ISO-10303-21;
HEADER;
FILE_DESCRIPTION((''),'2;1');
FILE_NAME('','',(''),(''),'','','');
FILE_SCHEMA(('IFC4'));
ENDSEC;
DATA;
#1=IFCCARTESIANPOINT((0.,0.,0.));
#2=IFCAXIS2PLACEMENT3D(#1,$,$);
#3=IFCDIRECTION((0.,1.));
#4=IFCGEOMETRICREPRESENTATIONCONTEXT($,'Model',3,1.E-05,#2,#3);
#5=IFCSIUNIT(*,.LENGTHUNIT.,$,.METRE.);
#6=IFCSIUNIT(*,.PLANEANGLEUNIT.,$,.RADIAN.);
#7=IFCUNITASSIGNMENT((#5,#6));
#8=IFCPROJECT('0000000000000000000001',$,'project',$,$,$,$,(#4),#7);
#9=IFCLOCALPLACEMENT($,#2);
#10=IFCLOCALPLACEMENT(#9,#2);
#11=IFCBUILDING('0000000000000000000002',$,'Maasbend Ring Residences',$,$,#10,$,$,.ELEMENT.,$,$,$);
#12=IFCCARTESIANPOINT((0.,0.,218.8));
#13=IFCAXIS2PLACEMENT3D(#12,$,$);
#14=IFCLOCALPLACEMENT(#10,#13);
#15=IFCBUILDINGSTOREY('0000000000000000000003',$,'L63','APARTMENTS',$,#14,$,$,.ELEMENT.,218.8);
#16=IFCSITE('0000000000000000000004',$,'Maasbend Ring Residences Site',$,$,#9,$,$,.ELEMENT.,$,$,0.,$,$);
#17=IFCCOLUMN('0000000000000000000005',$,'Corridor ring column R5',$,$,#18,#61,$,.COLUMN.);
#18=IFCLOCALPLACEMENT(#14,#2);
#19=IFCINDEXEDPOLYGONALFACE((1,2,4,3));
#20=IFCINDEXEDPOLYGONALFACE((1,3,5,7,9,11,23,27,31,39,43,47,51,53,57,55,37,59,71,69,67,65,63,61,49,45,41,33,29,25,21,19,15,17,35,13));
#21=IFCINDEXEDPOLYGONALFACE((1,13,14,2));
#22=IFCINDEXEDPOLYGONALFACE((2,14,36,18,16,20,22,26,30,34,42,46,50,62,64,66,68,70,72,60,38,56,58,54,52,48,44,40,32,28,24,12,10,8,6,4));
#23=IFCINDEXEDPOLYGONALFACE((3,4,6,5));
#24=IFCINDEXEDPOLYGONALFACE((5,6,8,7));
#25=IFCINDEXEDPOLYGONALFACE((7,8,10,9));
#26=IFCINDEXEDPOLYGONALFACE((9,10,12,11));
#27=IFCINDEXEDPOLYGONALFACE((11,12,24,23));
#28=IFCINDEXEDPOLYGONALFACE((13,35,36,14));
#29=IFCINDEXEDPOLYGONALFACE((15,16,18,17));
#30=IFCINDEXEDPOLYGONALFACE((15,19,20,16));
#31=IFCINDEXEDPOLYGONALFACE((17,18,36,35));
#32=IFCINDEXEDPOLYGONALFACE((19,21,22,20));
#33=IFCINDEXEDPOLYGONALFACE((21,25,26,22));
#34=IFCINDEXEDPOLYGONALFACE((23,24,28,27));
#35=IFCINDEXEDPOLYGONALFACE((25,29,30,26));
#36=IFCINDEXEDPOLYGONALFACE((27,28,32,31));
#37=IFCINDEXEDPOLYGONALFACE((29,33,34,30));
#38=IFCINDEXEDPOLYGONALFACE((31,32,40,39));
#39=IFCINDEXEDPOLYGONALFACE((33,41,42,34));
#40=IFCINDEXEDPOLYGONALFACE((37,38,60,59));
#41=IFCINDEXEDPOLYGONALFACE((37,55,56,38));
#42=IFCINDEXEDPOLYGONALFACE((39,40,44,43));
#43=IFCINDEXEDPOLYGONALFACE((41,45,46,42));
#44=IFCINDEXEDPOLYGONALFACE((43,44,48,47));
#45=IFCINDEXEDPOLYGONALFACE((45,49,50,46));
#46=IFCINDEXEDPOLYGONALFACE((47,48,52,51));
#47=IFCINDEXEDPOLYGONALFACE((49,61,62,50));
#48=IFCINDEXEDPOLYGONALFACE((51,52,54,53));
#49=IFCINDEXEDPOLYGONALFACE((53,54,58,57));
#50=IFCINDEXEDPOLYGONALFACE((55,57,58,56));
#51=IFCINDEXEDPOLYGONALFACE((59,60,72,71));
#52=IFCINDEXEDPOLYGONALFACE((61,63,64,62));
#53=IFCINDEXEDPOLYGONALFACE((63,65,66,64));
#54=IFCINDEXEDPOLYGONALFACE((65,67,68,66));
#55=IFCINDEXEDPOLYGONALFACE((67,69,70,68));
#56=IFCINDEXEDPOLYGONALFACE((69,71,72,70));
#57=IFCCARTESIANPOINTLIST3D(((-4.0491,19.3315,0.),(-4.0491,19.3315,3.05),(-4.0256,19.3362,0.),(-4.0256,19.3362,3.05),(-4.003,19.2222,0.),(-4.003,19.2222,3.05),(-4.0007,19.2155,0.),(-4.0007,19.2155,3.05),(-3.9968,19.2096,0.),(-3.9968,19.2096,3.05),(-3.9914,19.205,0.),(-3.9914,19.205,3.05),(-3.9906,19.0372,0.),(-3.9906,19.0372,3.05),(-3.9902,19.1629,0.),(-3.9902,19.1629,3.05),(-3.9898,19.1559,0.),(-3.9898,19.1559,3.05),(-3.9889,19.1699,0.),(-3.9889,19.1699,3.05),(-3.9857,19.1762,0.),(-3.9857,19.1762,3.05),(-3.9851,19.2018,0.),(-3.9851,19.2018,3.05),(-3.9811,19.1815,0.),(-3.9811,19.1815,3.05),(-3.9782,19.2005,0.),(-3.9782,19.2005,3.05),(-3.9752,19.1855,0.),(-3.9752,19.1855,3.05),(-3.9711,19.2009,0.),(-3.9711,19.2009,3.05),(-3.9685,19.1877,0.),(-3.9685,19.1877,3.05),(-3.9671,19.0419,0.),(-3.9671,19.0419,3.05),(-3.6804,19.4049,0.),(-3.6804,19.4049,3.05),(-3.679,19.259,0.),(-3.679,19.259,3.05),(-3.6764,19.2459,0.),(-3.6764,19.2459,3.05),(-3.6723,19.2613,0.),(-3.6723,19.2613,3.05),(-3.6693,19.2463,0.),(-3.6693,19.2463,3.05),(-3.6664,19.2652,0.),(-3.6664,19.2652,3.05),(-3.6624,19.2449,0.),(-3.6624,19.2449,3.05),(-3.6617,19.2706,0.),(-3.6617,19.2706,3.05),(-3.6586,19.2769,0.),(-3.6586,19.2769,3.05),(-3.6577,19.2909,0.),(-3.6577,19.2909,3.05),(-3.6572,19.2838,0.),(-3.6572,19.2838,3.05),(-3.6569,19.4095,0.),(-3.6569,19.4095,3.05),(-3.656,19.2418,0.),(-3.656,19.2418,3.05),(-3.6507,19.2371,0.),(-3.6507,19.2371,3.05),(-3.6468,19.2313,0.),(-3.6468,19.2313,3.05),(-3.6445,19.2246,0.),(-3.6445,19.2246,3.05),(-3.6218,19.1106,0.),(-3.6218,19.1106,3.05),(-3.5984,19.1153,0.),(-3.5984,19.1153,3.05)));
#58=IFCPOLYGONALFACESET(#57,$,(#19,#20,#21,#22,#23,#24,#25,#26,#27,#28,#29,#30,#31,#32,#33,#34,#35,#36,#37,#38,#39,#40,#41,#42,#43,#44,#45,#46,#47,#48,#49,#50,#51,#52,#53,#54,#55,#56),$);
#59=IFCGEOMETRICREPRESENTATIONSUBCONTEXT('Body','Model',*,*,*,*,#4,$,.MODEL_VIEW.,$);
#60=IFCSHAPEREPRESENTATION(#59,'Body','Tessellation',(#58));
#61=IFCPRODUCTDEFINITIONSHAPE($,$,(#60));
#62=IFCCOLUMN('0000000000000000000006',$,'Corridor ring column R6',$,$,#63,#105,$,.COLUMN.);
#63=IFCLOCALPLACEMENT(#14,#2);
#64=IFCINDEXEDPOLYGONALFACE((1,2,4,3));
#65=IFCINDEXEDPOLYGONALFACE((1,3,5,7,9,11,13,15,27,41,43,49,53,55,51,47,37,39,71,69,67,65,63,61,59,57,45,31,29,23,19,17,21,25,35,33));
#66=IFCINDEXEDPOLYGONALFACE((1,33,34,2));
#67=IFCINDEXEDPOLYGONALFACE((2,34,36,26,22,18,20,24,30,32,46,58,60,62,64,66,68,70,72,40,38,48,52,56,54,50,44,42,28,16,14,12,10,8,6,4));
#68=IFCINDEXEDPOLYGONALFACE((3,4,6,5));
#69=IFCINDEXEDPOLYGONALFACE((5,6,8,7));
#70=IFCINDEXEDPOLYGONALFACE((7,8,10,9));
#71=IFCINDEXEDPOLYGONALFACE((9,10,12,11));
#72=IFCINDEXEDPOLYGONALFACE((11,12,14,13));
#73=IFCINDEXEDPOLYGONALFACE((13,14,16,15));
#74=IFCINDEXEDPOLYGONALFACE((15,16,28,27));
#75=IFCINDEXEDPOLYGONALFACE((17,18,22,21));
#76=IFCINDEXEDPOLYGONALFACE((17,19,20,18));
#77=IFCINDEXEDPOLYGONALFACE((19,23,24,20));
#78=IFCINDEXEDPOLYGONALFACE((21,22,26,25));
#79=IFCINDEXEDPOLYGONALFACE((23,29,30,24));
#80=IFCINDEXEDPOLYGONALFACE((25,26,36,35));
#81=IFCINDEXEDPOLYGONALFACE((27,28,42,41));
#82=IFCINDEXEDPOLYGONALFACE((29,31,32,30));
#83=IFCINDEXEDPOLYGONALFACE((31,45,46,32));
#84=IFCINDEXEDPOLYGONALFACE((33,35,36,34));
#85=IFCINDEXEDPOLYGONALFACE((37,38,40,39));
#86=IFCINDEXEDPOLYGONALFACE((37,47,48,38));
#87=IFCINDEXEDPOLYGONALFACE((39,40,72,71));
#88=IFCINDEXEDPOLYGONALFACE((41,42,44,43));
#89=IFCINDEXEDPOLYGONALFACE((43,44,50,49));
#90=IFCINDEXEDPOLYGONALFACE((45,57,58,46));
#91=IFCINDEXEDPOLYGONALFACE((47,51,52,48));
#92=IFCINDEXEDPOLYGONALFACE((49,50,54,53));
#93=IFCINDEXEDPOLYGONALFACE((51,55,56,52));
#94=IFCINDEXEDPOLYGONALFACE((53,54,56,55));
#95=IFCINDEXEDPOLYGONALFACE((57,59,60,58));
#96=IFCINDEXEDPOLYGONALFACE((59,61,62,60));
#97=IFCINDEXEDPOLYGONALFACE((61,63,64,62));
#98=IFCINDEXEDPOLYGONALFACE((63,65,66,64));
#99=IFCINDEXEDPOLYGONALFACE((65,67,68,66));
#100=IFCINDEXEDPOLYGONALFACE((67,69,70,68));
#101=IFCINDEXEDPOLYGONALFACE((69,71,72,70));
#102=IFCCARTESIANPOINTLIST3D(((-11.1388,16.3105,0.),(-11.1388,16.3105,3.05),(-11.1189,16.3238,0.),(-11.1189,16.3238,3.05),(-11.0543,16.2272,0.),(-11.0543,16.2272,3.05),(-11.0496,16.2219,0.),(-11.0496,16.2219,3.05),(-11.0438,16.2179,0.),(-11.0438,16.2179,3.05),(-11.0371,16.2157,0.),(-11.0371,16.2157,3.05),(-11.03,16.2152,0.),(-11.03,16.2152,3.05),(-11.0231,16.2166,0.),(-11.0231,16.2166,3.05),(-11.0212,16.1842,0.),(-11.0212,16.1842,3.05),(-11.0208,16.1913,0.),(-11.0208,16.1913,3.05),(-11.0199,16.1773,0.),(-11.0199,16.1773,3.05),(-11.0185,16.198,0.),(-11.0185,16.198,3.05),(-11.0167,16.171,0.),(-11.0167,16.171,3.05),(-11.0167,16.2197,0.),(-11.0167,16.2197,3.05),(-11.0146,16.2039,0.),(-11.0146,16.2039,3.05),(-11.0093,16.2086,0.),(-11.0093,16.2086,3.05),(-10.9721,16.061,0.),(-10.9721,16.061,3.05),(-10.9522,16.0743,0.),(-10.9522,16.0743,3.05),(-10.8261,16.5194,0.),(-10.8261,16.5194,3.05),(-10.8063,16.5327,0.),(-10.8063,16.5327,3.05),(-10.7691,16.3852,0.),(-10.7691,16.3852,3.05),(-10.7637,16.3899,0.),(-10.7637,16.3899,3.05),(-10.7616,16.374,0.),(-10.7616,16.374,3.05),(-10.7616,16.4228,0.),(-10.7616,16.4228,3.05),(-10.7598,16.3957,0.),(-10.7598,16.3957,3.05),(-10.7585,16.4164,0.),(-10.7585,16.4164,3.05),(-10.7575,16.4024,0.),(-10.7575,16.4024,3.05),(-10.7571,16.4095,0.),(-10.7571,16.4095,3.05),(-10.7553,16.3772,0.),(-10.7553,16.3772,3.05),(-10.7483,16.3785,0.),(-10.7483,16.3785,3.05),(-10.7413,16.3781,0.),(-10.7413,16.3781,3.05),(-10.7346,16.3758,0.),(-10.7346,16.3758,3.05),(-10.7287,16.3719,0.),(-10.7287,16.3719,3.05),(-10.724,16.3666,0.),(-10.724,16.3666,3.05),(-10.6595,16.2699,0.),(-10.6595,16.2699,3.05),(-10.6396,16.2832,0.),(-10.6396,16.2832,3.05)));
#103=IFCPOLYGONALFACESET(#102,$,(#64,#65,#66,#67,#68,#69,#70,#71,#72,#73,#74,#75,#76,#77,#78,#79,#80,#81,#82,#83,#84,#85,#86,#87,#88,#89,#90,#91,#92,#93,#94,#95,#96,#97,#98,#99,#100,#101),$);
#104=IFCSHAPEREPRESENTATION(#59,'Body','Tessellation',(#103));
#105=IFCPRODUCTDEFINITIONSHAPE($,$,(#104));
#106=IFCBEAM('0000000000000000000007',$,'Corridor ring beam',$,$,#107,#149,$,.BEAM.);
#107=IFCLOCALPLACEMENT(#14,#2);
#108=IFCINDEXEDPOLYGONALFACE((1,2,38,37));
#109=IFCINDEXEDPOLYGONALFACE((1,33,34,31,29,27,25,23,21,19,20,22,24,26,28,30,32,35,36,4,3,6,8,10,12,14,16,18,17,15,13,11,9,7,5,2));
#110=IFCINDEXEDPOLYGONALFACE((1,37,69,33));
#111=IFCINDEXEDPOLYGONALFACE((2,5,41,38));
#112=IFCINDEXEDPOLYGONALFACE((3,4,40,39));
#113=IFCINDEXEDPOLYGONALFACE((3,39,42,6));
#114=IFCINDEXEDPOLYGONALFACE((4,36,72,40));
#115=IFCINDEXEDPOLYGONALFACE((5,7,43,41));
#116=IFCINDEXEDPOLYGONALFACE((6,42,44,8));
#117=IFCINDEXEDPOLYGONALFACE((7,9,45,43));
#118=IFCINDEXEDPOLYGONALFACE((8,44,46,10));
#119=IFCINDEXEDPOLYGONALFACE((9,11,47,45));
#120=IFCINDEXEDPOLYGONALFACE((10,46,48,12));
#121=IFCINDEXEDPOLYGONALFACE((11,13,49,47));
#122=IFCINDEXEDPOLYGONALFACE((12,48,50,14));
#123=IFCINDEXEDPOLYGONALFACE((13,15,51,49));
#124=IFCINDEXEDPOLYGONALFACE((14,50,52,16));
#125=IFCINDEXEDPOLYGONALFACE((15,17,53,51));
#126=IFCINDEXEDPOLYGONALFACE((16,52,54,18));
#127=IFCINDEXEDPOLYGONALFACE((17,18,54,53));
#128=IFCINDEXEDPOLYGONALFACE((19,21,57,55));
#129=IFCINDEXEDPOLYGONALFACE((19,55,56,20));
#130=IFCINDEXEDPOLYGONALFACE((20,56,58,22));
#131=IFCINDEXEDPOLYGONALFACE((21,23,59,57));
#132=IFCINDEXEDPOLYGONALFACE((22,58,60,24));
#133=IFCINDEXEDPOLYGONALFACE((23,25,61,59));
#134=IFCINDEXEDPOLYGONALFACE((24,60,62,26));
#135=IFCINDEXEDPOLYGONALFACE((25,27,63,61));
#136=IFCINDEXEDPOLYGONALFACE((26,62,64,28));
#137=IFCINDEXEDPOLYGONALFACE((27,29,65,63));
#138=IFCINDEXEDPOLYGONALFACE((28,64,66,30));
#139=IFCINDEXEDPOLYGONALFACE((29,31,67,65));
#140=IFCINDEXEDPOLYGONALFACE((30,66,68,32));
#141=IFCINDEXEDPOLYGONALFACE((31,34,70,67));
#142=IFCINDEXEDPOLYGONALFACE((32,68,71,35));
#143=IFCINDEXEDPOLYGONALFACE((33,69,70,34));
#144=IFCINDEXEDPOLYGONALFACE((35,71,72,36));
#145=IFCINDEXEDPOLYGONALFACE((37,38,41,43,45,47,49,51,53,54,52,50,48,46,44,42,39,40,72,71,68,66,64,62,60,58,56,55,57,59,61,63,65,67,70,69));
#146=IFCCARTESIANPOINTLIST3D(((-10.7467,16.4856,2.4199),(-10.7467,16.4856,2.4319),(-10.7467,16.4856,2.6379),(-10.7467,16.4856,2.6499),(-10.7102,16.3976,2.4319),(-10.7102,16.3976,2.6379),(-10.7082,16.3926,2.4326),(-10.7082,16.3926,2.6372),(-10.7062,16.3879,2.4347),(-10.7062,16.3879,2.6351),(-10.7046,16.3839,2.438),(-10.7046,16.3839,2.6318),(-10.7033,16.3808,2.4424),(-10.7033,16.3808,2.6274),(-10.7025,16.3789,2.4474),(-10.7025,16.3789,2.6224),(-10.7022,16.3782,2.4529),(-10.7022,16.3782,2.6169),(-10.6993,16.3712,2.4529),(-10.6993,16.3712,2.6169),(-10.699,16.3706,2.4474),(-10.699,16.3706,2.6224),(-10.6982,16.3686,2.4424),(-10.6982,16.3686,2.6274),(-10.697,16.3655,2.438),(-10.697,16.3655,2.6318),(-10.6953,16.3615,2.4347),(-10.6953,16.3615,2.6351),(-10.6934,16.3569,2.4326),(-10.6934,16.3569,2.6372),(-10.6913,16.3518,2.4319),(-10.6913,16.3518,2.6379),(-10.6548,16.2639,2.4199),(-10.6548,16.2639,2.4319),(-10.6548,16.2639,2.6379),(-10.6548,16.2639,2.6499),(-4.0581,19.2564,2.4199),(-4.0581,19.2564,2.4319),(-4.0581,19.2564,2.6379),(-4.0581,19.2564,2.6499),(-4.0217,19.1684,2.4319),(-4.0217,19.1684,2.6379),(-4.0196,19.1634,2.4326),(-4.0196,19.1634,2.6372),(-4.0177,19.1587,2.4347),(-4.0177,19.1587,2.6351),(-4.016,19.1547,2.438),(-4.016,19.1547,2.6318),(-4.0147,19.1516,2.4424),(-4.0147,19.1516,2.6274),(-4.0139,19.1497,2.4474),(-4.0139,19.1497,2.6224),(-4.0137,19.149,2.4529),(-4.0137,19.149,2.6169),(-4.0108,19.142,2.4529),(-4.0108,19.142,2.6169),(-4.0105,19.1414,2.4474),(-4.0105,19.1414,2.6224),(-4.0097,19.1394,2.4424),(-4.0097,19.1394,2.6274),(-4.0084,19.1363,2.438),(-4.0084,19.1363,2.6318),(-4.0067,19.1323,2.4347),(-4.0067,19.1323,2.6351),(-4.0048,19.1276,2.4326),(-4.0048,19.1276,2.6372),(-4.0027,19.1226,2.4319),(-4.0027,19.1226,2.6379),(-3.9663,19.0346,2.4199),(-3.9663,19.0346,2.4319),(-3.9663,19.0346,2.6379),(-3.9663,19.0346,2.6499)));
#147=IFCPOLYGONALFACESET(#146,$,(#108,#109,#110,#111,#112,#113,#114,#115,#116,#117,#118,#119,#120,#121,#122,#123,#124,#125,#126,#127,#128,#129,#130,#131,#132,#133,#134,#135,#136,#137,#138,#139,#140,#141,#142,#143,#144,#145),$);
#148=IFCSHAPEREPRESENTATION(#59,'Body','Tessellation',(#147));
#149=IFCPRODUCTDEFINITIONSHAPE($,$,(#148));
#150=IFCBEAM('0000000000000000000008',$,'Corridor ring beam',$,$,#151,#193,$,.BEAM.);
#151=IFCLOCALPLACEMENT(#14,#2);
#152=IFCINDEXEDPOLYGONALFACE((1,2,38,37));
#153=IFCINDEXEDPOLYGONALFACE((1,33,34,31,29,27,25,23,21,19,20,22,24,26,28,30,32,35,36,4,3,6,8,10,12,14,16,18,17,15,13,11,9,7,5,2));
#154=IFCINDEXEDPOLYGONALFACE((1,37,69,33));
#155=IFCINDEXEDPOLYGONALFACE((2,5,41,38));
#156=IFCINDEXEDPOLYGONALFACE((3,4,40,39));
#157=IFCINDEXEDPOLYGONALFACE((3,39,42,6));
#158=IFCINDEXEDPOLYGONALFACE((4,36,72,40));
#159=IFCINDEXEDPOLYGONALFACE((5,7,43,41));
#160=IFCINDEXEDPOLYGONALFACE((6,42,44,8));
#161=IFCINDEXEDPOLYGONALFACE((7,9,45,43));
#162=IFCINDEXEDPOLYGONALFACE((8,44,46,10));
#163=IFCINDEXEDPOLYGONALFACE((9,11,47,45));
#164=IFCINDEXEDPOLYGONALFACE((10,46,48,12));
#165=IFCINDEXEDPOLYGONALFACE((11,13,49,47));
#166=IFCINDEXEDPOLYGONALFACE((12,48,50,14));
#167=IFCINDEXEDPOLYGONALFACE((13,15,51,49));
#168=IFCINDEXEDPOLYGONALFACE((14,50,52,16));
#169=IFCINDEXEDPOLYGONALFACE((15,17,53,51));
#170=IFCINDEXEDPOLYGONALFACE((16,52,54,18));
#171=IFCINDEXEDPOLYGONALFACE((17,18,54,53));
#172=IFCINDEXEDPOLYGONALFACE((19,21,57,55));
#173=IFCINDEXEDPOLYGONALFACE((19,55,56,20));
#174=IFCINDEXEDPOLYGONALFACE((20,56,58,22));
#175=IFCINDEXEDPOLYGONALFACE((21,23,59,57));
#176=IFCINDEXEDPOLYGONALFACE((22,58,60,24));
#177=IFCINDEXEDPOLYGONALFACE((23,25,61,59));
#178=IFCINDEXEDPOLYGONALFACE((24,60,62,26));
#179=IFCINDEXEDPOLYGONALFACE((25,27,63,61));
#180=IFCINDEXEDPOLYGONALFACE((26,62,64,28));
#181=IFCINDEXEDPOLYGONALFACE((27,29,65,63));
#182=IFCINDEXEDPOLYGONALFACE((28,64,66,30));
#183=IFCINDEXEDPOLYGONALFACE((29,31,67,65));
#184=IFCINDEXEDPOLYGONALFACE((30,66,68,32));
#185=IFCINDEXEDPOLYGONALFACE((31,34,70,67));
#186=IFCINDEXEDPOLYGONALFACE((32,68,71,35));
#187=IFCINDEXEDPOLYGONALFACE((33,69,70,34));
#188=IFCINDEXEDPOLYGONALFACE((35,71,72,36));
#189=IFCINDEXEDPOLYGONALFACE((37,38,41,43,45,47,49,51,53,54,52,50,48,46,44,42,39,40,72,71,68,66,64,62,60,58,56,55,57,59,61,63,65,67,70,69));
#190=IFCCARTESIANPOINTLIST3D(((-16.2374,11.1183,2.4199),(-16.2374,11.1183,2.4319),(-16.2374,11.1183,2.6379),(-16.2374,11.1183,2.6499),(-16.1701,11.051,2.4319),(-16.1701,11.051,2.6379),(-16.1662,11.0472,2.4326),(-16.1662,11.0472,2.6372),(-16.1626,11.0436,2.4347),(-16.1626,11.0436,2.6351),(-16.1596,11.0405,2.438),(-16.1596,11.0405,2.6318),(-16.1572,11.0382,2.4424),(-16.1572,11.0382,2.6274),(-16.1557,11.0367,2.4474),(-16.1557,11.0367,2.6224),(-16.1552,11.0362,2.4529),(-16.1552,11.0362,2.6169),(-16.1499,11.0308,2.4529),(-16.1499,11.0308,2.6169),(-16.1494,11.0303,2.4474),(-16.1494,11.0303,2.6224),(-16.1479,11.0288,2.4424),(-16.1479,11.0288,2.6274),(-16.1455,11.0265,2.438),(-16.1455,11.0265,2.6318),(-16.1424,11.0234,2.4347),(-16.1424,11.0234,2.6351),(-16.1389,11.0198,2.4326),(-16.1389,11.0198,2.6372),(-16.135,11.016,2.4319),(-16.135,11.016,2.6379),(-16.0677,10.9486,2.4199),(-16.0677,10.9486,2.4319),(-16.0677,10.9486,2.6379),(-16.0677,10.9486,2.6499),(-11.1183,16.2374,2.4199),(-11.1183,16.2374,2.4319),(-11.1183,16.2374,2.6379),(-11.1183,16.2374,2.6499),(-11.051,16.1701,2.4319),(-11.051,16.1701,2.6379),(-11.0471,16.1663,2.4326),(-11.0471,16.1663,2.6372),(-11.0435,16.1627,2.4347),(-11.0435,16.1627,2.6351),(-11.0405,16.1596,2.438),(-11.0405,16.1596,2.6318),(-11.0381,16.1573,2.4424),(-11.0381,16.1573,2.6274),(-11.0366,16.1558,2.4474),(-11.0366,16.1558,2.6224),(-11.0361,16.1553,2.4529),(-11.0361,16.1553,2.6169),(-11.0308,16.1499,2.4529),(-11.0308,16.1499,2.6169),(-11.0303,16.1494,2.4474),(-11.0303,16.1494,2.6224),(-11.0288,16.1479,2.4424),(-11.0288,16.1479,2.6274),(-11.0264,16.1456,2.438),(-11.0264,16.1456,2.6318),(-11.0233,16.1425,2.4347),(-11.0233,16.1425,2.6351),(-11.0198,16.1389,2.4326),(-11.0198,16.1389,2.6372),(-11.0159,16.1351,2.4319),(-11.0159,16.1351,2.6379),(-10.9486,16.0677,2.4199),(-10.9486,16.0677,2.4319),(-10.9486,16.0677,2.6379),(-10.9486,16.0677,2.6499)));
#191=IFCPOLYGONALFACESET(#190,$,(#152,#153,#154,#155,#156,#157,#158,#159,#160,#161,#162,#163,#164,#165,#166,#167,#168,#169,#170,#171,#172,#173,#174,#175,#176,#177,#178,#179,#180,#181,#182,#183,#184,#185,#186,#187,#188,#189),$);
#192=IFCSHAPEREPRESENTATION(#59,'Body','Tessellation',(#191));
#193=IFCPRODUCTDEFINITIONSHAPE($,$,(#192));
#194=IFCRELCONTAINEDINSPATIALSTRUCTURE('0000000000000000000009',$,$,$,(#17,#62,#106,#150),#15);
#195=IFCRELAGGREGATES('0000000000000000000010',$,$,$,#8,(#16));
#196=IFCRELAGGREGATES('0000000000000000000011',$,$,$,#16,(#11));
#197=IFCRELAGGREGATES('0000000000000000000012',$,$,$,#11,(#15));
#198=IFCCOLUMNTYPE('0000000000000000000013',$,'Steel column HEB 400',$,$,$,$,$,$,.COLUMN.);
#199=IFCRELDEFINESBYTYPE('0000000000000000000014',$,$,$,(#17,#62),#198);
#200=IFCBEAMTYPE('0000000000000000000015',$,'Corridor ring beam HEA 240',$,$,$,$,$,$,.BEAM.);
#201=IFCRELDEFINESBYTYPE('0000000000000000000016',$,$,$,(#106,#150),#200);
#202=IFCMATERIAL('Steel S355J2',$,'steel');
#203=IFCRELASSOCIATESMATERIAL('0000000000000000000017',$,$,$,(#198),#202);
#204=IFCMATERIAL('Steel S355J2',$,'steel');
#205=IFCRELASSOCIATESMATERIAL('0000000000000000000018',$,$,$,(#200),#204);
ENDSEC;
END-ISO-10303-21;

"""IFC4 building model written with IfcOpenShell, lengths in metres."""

from ifc_helpers import new_model, si_unit, direction, frame, origin, origin_2d, place, context, subcontext, project, spatial, i_section, extrude, material, material_profile, profile_set, type_object, element, save


model = new_model("IFC4")

# Units and contexts
model_context = context("Model", 3, precision=1e-05, world=origin(), true_north=direction((0.0, 1.0)))
body_context = subcontext(model_context, "Body", "Model", "MODEL_VIEW")
ifc_project = project(units=[si_unit("LENGTHUNIT", "METRE"), si_unit("PLANEANGLEUNIT", "RADIAN")], contexts=[model_context])

# Site, building, storey
site_placement = place(None, origin())
site = spatial("IfcSite", under=ifc_project, at=site_placement, Name="Maasbend Ring Residences Site", CompositionType="ELEMENT", RefElevation=0.0)
building_placement = place(site_placement, origin())
building = spatial("IfcBuilding", under=site, at=building_placement, Name="Maasbend Ring Residences", CompositionType="ELEMENT")
storey_placement = place(building_placement, frame((0.0, 0.0, 218.8)))
storey = spatial("IfcBuildingStorey", under=building, at=storey_placement, Name="L63", Description="APARTMENTS", CompositionType="ELEMENT", Elevation=218.8)

# Columns
ifc_material_1 = material(Name="Steel S355J2", Category="steel")
ifc_material_profile_1 = material_profile(ifc_material_1, i_section(OverallWidth=0.3, OverallDepth=0.3999, WebThickness=0.0134, FlangeThickness=0.0239, FilletRadius=0.0271, at=origin_2d()), Name="HEB 400")
ifc_profile_set_1 = profile_set([ifc_material_profile_1], Name="Steel S355J2")
column_type = type_object("IfcColumnType", Name="Steel column HEB 400", PredefinedType="COLUMN", material=ifc_profile_set_1)
for number, where, z_axis, x_axis, name in (
    (1, (-3.8237, 19.2234, 0.0), (0.0, 0.0, 1.0), (-0.19509, 0.980785, 0.0), "Corridor ring column R5"),
    (2, (-10.8892, 16.2969, 0.0), (0.0, 0.0, 1.0), (-0.55557, 0.83147, 0.0), "Corridor ring column R6"),
):
    element("IfcColumn", number, at=place(storey_placement, frame(where, z_axis=z_axis, x_axis=x_axis)), inside=storey, type_object=column_type, Name=name, PredefinedType="COLUMN", context=body_context, shape_type="SweptSolid", body=[
        extrude(i_section(OverallWidth=0.3, OverallDepth=0.3999, WebThickness=0.0134, FlangeThickness=0.0239, FilletRadius=0.0271, at=origin_2d()), origin(), (0.0, 0.0, 1.0), 3.05),
    ])

# Beams
ifc_material_2 = material(Name="Steel S355J2", Category="steel")
ifc_material_profile_2 = material_profile(ifc_material_2, i_section(OverallWidth=0.24, OverallDepth=0.23, WebThickness=0.0076, FlangeThickness=0.012, FilletRadius=0.021, at=origin_2d()), Name="HEA 240")
ifc_profile_set_2 = profile_set([ifc_material_profile_2], Name="Steel S355J2")
beam_type = type_object("IfcBeamType", Name="Corridor ring beam HEA 240", PredefinedType="BEAM", material=ifc_profile_set_2)
beam_1_placement = place(storey_placement, frame((-4.0122, 19.1455, 2.5349), z_axis=(-0.923865, -0.382718, 0.0), x_axis=(0.382718, -0.923865, 0.0)))
element("IfcBeam", 3, at=beam_1_placement, inside=storey, type_object=beam_type, Name="Corridor ring beam", PredefinedType="BEAM", context=body_context, shape_type="SweptSolid", body=[
    extrude(i_section(OverallWidth=0.24, OverallDepth=0.23, WebThickness=0.0076, FlangeThickness=0.012, FilletRadius=0.021, at=origin_2d()), origin(), (0.0, 0.0, 1.0), 7.2397),
])
beam_2_placement = place(storey_placement, frame((-11.0334, 16.1526, 2.5349), z_axis=(-0.707107, -0.707107, 0.0), x_axis=(0.707107, -0.707107, 0.0)))
element("IfcBeam", 4, at=beam_2_placement, inside=storey, type_object=beam_type, Name="Corridor ring beam", PredefinedType="BEAM", context=body_context, shape_type="SweptSolid", body=[
    extrude(i_section(OverallWidth=0.24, OverallDepth=0.23, WebThickness=0.0076, FlangeThickness=0.012, FilletRadius=0.021, at=origin_2d()), origin(), (0.0, 0.0, 1.0), 7.2395),
])

save(model, "model.ifc")
